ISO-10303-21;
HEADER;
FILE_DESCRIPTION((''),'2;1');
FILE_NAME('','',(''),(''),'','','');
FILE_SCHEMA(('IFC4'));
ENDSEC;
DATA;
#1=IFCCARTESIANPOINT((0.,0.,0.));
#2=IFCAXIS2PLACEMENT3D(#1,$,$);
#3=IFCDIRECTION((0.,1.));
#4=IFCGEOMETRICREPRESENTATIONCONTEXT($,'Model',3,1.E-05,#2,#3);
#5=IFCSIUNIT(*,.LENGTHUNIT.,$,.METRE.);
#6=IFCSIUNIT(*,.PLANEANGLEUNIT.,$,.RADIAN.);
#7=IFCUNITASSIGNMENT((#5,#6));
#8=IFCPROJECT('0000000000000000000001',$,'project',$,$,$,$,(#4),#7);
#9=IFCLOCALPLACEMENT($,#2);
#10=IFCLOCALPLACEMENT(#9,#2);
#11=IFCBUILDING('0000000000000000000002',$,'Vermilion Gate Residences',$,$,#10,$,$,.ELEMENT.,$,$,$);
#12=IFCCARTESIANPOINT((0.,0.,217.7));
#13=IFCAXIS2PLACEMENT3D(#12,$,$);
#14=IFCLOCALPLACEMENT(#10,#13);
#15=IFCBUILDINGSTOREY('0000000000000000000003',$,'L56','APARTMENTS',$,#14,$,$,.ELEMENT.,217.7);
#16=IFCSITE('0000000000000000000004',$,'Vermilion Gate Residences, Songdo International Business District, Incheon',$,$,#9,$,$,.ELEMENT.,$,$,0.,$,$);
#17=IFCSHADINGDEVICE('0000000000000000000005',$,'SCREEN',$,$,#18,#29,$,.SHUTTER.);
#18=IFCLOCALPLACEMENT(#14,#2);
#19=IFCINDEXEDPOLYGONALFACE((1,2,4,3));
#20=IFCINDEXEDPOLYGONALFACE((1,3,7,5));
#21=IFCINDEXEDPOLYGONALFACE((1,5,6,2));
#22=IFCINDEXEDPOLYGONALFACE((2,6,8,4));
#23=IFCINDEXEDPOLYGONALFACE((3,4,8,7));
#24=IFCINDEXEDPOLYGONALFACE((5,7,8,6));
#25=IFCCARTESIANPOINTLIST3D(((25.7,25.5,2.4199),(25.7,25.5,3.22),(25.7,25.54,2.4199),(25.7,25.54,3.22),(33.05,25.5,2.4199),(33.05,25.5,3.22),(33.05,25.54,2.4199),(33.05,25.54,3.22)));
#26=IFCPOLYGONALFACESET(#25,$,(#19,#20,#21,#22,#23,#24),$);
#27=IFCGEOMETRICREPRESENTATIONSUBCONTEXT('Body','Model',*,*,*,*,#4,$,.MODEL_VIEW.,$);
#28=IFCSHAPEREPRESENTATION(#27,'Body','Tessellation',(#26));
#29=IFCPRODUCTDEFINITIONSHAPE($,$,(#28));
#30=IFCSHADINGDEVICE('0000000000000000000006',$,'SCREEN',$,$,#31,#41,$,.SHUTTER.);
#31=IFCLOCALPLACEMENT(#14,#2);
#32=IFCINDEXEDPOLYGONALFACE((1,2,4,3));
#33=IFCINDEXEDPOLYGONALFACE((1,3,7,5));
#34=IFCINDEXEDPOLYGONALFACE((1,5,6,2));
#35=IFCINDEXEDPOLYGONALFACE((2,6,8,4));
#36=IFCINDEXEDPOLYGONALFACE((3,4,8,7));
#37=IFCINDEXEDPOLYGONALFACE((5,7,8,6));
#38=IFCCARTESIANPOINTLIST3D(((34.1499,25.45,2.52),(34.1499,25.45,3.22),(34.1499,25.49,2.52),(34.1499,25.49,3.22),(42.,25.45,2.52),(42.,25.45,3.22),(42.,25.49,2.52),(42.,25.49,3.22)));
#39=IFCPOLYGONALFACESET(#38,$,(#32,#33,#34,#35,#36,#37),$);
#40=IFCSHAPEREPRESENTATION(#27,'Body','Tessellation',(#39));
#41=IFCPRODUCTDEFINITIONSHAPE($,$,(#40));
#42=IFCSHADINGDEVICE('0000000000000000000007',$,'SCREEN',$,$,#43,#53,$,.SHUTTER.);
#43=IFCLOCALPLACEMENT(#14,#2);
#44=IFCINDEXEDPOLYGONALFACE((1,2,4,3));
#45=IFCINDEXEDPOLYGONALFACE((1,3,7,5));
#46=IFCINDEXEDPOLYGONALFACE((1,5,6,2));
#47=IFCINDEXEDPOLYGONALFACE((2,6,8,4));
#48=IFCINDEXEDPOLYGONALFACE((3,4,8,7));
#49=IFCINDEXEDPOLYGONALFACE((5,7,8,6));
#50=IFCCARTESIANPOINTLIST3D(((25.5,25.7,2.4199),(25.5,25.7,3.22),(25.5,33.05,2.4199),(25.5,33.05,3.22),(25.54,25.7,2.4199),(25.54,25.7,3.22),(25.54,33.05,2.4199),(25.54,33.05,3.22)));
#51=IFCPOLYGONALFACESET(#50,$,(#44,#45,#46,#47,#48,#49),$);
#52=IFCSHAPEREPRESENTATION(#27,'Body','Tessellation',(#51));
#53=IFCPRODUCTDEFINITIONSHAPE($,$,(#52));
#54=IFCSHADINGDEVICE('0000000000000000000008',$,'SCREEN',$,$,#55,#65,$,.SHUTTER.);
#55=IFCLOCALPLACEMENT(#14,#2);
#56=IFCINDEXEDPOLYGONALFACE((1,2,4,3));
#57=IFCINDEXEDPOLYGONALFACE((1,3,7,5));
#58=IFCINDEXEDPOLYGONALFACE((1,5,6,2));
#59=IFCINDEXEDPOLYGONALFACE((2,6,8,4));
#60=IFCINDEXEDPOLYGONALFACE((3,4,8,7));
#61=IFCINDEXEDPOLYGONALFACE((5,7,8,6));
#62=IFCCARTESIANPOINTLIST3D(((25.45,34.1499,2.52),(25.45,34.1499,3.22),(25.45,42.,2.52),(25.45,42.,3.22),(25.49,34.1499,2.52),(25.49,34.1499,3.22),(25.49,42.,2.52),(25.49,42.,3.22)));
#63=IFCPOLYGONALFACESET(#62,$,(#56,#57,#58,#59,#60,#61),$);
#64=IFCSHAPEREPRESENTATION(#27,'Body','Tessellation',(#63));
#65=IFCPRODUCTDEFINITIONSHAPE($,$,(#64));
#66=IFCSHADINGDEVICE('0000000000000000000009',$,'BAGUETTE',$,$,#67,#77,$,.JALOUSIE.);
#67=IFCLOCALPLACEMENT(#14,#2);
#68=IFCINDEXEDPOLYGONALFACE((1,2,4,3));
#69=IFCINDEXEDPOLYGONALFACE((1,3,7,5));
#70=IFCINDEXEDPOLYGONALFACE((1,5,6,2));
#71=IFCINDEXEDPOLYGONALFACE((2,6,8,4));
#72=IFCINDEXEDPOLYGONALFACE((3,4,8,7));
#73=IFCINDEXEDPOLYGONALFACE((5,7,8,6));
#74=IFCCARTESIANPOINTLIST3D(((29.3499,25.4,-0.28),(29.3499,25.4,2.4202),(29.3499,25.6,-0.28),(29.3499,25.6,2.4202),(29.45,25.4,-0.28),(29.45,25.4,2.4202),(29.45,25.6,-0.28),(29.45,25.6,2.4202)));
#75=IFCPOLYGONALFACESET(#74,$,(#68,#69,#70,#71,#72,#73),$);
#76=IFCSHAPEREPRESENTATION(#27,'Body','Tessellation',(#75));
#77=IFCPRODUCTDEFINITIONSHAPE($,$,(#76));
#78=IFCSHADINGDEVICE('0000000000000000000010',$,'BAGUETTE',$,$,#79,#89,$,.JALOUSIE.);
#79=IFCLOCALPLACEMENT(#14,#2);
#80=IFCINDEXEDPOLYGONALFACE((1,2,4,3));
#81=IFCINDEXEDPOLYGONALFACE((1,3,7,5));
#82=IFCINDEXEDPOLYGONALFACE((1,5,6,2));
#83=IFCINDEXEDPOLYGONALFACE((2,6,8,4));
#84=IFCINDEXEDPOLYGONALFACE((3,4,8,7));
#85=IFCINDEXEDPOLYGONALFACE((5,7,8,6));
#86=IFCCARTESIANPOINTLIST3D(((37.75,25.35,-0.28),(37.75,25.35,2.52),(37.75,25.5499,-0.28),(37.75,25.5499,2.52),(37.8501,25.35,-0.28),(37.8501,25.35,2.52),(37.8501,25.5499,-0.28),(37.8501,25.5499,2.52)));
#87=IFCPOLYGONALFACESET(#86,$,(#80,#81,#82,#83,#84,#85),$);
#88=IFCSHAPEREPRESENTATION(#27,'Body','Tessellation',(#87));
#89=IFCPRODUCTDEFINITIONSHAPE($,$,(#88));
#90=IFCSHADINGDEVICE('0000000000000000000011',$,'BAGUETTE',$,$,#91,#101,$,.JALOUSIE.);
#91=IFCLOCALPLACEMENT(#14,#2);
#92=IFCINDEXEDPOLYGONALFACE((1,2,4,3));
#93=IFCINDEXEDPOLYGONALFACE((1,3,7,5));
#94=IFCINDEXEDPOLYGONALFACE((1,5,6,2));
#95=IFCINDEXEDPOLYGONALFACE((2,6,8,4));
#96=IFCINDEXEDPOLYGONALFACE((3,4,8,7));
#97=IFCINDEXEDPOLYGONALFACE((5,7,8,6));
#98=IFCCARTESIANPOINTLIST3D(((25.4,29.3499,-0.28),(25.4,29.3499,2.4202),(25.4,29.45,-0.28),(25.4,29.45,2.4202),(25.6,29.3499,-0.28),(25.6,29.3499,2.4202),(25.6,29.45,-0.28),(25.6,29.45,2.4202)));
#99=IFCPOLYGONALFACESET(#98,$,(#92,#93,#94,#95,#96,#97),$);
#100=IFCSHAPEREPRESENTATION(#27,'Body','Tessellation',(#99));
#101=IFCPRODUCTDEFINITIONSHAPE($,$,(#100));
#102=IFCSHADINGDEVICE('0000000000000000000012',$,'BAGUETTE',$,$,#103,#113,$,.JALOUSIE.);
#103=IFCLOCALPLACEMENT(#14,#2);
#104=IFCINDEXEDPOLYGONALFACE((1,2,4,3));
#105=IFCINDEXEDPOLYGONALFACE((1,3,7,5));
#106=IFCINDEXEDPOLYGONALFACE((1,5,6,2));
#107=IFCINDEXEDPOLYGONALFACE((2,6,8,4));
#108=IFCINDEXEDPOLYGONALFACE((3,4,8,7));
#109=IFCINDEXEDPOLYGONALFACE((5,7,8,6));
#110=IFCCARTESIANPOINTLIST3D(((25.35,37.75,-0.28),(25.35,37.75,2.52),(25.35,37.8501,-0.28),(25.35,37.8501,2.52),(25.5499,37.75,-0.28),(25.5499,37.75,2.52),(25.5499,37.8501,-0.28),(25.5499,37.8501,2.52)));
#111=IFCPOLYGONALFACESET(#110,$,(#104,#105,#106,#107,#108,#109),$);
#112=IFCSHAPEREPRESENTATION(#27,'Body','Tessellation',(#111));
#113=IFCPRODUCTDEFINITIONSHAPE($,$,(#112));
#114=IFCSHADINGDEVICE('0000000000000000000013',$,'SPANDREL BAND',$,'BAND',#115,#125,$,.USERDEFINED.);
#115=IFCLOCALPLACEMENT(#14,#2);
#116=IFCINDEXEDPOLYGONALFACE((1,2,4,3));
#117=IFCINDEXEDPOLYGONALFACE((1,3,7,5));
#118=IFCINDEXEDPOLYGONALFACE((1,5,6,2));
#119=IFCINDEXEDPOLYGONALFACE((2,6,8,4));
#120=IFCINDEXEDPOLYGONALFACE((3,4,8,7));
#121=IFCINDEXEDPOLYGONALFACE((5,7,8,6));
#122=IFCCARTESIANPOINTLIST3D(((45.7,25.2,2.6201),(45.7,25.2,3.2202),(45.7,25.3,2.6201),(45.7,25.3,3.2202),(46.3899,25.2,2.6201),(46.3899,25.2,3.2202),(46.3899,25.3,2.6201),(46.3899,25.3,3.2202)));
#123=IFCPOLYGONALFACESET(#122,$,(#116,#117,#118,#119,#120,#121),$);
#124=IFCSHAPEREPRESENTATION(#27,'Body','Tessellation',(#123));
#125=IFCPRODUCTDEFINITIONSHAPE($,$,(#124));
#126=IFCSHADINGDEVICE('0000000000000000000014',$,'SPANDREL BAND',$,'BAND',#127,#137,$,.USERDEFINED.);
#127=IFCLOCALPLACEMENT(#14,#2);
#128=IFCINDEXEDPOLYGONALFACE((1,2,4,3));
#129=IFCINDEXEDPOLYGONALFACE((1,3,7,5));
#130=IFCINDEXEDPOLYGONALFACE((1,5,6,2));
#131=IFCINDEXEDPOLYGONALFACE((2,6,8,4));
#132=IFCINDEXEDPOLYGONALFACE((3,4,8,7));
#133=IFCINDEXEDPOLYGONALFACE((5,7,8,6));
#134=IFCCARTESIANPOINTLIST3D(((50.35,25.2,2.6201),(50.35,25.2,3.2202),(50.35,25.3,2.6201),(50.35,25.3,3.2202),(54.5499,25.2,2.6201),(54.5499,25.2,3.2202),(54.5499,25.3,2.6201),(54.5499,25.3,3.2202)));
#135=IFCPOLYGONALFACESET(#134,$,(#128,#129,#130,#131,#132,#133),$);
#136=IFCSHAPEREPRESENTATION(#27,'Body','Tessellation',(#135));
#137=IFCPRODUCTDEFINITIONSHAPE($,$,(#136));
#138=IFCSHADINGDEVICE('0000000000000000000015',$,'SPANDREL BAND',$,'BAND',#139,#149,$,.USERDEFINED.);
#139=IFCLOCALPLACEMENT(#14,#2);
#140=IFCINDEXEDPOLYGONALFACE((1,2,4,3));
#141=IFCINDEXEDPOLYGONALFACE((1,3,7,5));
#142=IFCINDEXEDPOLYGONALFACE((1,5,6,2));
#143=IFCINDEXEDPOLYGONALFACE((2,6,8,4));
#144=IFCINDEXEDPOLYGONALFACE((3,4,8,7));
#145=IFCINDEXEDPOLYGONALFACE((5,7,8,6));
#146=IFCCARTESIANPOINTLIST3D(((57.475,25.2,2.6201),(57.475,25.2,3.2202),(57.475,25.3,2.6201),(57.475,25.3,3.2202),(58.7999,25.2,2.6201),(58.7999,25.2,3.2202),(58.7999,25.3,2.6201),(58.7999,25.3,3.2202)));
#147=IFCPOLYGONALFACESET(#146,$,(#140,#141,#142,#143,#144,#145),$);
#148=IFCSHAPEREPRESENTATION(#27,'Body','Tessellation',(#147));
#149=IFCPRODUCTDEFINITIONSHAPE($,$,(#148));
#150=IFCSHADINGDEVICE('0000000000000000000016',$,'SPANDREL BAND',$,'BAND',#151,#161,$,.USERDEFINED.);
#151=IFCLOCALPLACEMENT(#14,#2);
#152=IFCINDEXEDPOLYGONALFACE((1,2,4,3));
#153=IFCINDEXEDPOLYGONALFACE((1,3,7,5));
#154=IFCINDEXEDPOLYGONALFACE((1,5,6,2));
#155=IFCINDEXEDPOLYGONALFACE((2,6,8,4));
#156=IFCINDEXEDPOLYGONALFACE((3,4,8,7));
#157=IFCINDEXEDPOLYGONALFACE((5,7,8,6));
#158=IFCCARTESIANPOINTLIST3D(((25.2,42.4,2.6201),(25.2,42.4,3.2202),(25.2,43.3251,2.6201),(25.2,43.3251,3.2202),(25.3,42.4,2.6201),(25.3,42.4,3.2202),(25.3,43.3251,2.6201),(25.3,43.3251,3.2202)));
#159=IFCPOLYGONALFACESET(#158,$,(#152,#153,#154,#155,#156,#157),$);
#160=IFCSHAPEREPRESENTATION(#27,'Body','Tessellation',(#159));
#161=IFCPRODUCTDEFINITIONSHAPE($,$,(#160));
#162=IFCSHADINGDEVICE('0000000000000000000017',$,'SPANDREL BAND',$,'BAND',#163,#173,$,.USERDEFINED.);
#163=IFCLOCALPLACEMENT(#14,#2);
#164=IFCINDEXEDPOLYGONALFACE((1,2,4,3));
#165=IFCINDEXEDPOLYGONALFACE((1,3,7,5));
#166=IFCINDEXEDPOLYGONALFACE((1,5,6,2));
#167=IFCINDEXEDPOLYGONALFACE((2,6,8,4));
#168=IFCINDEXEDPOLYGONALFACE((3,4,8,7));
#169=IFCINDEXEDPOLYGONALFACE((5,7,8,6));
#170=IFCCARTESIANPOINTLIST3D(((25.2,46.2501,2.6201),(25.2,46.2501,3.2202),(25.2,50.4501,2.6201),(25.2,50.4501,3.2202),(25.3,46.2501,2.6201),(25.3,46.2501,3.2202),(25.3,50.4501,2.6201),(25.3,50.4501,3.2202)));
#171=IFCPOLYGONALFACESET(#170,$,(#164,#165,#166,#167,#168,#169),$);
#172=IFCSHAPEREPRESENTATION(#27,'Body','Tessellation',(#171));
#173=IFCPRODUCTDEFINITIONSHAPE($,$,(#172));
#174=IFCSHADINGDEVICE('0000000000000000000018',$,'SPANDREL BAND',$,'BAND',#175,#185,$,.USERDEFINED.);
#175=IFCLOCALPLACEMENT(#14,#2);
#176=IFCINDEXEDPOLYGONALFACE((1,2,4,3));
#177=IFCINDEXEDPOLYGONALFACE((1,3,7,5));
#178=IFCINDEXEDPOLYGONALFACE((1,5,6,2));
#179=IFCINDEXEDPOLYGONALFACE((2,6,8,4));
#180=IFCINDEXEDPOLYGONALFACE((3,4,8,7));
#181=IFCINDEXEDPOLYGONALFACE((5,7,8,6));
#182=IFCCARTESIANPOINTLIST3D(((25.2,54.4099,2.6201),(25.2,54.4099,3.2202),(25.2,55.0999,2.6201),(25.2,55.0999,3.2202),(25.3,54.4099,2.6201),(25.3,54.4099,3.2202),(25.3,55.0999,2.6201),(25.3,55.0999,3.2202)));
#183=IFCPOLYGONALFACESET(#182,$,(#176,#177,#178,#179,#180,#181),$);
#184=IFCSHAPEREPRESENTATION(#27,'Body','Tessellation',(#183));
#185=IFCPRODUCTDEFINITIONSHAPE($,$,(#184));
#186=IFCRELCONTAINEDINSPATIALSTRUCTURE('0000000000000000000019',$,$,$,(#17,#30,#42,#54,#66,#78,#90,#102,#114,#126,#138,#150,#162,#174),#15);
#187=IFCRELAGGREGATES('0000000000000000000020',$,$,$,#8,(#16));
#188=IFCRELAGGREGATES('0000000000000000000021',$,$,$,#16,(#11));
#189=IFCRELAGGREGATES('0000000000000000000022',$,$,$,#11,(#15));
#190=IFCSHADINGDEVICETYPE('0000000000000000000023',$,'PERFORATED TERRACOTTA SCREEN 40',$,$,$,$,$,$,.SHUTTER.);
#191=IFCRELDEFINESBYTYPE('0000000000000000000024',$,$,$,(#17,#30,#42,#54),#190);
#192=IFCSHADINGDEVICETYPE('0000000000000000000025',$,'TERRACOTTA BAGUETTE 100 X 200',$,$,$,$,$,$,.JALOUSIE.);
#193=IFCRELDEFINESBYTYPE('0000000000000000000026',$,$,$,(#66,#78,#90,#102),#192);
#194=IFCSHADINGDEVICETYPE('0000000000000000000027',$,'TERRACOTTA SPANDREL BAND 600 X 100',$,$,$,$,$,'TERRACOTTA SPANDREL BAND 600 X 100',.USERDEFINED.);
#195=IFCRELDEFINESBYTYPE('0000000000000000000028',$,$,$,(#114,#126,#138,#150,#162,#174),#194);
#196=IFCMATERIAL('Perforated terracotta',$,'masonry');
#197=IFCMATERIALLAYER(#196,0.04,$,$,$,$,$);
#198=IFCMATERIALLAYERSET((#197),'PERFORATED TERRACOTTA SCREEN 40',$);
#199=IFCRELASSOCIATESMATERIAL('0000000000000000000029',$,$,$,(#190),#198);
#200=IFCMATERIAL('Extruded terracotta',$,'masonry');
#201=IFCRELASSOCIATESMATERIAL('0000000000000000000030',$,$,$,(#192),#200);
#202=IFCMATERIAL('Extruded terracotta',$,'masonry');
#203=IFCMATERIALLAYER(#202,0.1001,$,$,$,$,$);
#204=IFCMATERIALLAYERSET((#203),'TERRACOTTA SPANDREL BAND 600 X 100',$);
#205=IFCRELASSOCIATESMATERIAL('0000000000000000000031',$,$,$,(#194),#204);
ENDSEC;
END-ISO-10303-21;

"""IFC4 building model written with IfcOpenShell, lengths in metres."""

from ifc_helpers import new_model, si_unit, direction, frame, origin, origin_2d, place, context, subcontext, project, spatial, rectangle, extrude, material, layer, layer_set, material_profile, profile_set, type_object, element, save


model = new_model("IFC4")

# Units and contexts
model_context = context("Model", 3, precision=1e-05, world=origin(), true_north=direction((0.0, 1.0)))
body_context = subcontext(model_context, "Body", "Model", "MODEL_VIEW")
ifc_project = project(units=[si_unit("LENGTHUNIT", "METRE"), si_unit("PLANEANGLEUNIT", "RADIAN")], contexts=[model_context])

# Site, building, storey
site_placement = place(None, origin())
site = spatial("IfcSite", under=ifc_project, at=site_placement, Name="Vermilion Gate Residences, Songdo International Business District, Incheon", CompositionType="ELEMENT", RefElevation=0.0)
building_placement = place(site_placement, origin())
building = spatial("IfcBuilding", under=site, at=building_placement, Name="Vermilion Gate Residences", CompositionType="ELEMENT")
storey_placement = place(building_placement, frame((0.0, 0.0, 217.7)))
storey = spatial("IfcBuildingStorey", under=building, at=storey_placement, Name="L56", Description="APARTMENTS", CompositionType="ELEMENT", Elevation=217.7)

# Shading devices
ifc_material_1 = material(Name="Perforated terracotta", Category="masonry")
ifc_layer_1 = layer(ifc_material_1, 0.04)
ifc_layer_set_1 = layer_set([ifc_layer_1], Name="PERFORATED TERRACOTTA SCREEN 40")
shading_device_type_1 = type_object("IfcShadingDeviceType", Name="PERFORATED TERRACOTTA SCREEN 40", PredefinedType="SHUTTER", material=ifc_layer_set_1)
shading_device_1_placement = place(storey_placement, frame((29.375, 25.52, 2.4199), z_axis=(0.0, 0.0, 1.0), x_axis=(-1.0, 0.0, 0.0)))
element("IfcShadingDevice", 1, at=shading_device_1_placement, inside=storey, type_object=shading_device_type_1, Name="SCREEN", PredefinedType="SHUTTER", context=body_context, shape_type="SweptSolid", body=[
    extrude(rectangle(XDim=7.3501, YDim=0.04, at=origin_2d()), origin(), (0.0, 0.0, 1.0), 0.8),
])
shading_device_2_placement = place(storey_placement, frame((38.075, 25.47, 2.52), z_axis=(0.0, 0.0, 1.0), x_axis=(-1.0, 0.0, 0.0)))
element("IfcShadingDevice", 2, at=shading_device_2_placement, inside=storey, type_object=shading_device_type_1, Name="SCREEN", PredefinedType="SHUTTER", context=body_context, shape_type="SweptSolid", body=[
    extrude(rectangle(XDim=7.8501, YDim=0.04, at=origin_2d()), origin(), (0.0, 0.0, 1.0), 0.7),
])
shading_device_3_placement = place(storey_placement, frame((25.52, 29.375, 2.4199), z_axis=(0.0, 0.0, 1.0), x_axis=(0.0, 1.0, 0.0)))
element("IfcShadingDevice", 3, at=shading_device_3_placement, inside=storey, type_object=shading_device_type_1, Name="SCREEN", PredefinedType="SHUTTER", context=body_context, shape_type="SweptSolid", body=[
    extrude(rectangle(XDim=7.3501, YDim=0.04, at=origin_2d()), origin(), (0.0, 0.0, 1.0), 0.8),
])
shading_device_4_placement = place(storey_placement, frame((25.47, 38.075, 2.52), z_axis=(0.0, 0.0, 1.0), x_axis=(0.0, 1.0, 0.0)))
element("IfcShadingDevice", 4, at=shading_device_4_placement, inside=storey, type_object=shading_device_type_1, Name="SCREEN", PredefinedType="SHUTTER", context=body_context, shape_type="SweptSolid", body=[
    extrude(rectangle(XDim=7.8501, YDim=0.04, at=origin_2d()), origin(), (0.0, 0.0, 1.0), 0.7),
])
ifc_material_2 = material(Name="Extruded terracotta", Category="masonry")
ifc_material_profile = material_profile(ifc_material_2, rectangle(XDim=0.2, YDim=0.1001, at=origin_2d()), Name="BAGUETTE 100 X 200")
ifc_profile_set = profile_set([ifc_material_profile], Name="Extruded terracotta")
shading_device_type_2 = type_object("IfcShadingDeviceType", Name="TERRACOTTA BAGUETTE 100 X 200", PredefinedType="JALOUSIE", material=ifc_profile_set)
shading_device_5_placement = place(storey_placement, frame((29.3999, 25.5, -0.28), z_axis=(0.0, 0.0, 1.0), x_axis=(0.0, -1.0, 0.0)))
element("IfcShadingDevice", 5, at=shading_device_5_placement, inside=storey, type_object=shading_device_type_2, Name="BAGUETTE", PredefinedType="JALOUSIE", context=body_context, shape_type="SweptSolid", body=[
    extrude(rectangle(XDim=0.2, YDim=0.1001, at=origin_2d()), origin(), (0.0, 0.0, 1.0), 2.7002),
])
shading_device_6_placement = place(storey_placement, frame((37.8, 25.45, -0.28), z_axis=(0.0, 0.0, 1.0), x_axis=(0.0, -1.0, 0.0)))
element("IfcShadingDevice", 6, at=shading_device_6_placement, inside=storey, type_object=shading_device_type_2, Name="BAGUETTE", PredefinedType="JALOUSIE", context=body_context, shape_type="SweptSolid", body=[
    extrude(rectangle(XDim=0.2, YDim=0.1001, at=origin_2d()), origin(), (0.0, 0.0, 1.0), 2.8),
])
shading_device_7_placement = place(storey_placement, frame((25.5, 29.3999, -0.28), z_axis=(0.0, 0.0, 1.0), x_axis=(-1.0, 0.0, 0.0)))
element("IfcShadingDevice", 7, at=shading_device_7_placement, inside=storey, type_object=shading_device_type_2, Name="BAGUETTE", PredefinedType="JALOUSIE", context=body_context, shape_type="SweptSolid", body=[
    extrude(rectangle(XDim=0.2, YDim=0.1001, at=origin_2d()), origin(), (0.0, 0.0, 1.0), 2.7002),
])
shading_device_8_placement = place(storey_placement, frame((25.45, 37.8, -0.28), z_axis=(0.0, 0.0, 1.0), x_axis=(-1.0, 0.0, 0.0)))
element("IfcShadingDevice", 8, at=shading_device_8_placement, inside=storey, type_object=shading_device_type_2, Name="BAGUETTE", PredefinedType="JALOUSIE", context=body_context, shape_type="SweptSolid", body=[
    extrude(rectangle(XDim=0.2, YDim=0.1001, at=origin_2d()), origin(), (0.0, 0.0, 1.0), 2.8),
])
ifc_material_3 = material(Name="Extruded terracotta", Category="masonry")
ifc_layer_2 = layer(ifc_material_3, 0.1001)
ifc_layer_set_2 = layer_set([ifc_layer_2], Name="TERRACOTTA SPANDREL BAND 600 X 100")
shading_device_type_3 = type_object("IfcShadingDeviceType", Name="TERRACOTTA SPANDREL BAND 600 X 100", ElementType="TERRACOTTA SPANDREL BAND 600 X 100", PredefinedType="USERDEFINED", material=ifc_layer_set_2)
shading_device_9_placement = place(storey_placement, frame((46.0449, 25.25, 2.6201), z_axis=(0.0, 0.0, 1.0), x_axis=(1.0, 0.0, 0.0)))
element("IfcShadingDevice", 9, at=shading_device_9_placement, inside=storey, type_object=shading_device_type_3, Name="SPANDREL BAND", ObjectType="BAND", PredefinedType="USERDEFINED", context=body_context, shape_type="SweptSolid", body=[
    extrude(rectangle(XDim=0.6899, YDim=0.1001, at=origin_2d()), origin(), (0.0, 0.0, 1.0), 0.6001),
])
shading_device_10_placement = place(storey_placement, frame((52.45, 25.25, 2.6201), z_axis=(0.0, 0.0, 1.0), x_axis=(1.0, 0.0, 0.0)))
element("IfcShadingDevice", 10, at=shading_device_10_placement, inside=storey, type_object=shading_device_type_3, Name="SPANDREL BAND", ObjectType="BAND", PredefinedType="USERDEFINED", context=body_context, shape_type="SweptSolid", body=[
    extrude(rectangle(XDim=4.2, YDim=0.1001, at=origin_2d()), origin(), (0.0, 0.0, 1.0), 0.6001),
])
shading_device_11_placement = place(storey_placement, frame((58.1375, 25.25, 2.6201), z_axis=(0.0, 0.0, 1.0), x_axis=(1.0, 0.0, 0.0)))
element("IfcShadingDevice", 11, at=shading_device_11_placement, inside=storey, type_object=shading_device_type_3, Name="SPANDREL BAND", ObjectType="BAND", PredefinedType="USERDEFINED", context=body_context, shape_type="SweptSolid", body=[
    extrude(rectangle(XDim=1.325, YDim=0.1001, at=origin_2d()), origin(), (0.0, 0.0, 1.0), 0.6001),
])
shading_device_12_placement = place(storey_placement, frame((25.25, 42.8625, 2.6201), z_axis=(0.0, 0.0, 1.0), x_axis=(0.0, 1.0, 0.0)))
element("IfcShadingDevice", 12, at=shading_device_12_placement, inside=storey, type_object=shading_device_type_3, Name="SPANDREL BAND", ObjectType="BAND", PredefinedType="USERDEFINED", context=body_context, shape_type="SweptSolid", body=[
    extrude(rectangle(XDim=0.925, YDim=0.1001, at=origin_2d()), origin(), (0.0, 0.0, 1.0), 0.6001),
])
shading_device_13_placement = place(storey_placement, frame((25.25, 48.3501, 2.6201), z_axis=(0.0, 0.0, 1.0), x_axis=(0.0, 1.0, 0.0)))
element("IfcShadingDevice", 13, at=shading_device_13_placement, inside=storey, type_object=shading_device_type_3, Name="SPANDREL BAND", ObjectType="BAND", PredefinedType="USERDEFINED", context=body_context, shape_type="SweptSolid", body=[
    extrude(rectangle(XDim=4.2, YDim=0.1001, at=origin_2d()), origin(), (0.0, 0.0, 1.0), 0.6001),
])
shading_device_14_placement = place(storey_placement, frame((25.25, 54.7549, 2.6201), z_axis=(0.0, 0.0, 1.0), x_axis=(0.0, 1.0, 0.0)))
element("IfcShadingDevice", 14, at=shading_device_14_placement, inside=storey, type_object=shading_device_type_3, Name="SPANDREL BAND", ObjectType="BAND", PredefinedType="USERDEFINED", context=body_context, shape_type="SweptSolid", body=[
    extrude(rectangle(XDim=0.6899, YDim=0.1001, at=origin_2d()), origin(), (0.0, 0.0, 1.0), 0.6001),
])

save(model, "model.ifc")
